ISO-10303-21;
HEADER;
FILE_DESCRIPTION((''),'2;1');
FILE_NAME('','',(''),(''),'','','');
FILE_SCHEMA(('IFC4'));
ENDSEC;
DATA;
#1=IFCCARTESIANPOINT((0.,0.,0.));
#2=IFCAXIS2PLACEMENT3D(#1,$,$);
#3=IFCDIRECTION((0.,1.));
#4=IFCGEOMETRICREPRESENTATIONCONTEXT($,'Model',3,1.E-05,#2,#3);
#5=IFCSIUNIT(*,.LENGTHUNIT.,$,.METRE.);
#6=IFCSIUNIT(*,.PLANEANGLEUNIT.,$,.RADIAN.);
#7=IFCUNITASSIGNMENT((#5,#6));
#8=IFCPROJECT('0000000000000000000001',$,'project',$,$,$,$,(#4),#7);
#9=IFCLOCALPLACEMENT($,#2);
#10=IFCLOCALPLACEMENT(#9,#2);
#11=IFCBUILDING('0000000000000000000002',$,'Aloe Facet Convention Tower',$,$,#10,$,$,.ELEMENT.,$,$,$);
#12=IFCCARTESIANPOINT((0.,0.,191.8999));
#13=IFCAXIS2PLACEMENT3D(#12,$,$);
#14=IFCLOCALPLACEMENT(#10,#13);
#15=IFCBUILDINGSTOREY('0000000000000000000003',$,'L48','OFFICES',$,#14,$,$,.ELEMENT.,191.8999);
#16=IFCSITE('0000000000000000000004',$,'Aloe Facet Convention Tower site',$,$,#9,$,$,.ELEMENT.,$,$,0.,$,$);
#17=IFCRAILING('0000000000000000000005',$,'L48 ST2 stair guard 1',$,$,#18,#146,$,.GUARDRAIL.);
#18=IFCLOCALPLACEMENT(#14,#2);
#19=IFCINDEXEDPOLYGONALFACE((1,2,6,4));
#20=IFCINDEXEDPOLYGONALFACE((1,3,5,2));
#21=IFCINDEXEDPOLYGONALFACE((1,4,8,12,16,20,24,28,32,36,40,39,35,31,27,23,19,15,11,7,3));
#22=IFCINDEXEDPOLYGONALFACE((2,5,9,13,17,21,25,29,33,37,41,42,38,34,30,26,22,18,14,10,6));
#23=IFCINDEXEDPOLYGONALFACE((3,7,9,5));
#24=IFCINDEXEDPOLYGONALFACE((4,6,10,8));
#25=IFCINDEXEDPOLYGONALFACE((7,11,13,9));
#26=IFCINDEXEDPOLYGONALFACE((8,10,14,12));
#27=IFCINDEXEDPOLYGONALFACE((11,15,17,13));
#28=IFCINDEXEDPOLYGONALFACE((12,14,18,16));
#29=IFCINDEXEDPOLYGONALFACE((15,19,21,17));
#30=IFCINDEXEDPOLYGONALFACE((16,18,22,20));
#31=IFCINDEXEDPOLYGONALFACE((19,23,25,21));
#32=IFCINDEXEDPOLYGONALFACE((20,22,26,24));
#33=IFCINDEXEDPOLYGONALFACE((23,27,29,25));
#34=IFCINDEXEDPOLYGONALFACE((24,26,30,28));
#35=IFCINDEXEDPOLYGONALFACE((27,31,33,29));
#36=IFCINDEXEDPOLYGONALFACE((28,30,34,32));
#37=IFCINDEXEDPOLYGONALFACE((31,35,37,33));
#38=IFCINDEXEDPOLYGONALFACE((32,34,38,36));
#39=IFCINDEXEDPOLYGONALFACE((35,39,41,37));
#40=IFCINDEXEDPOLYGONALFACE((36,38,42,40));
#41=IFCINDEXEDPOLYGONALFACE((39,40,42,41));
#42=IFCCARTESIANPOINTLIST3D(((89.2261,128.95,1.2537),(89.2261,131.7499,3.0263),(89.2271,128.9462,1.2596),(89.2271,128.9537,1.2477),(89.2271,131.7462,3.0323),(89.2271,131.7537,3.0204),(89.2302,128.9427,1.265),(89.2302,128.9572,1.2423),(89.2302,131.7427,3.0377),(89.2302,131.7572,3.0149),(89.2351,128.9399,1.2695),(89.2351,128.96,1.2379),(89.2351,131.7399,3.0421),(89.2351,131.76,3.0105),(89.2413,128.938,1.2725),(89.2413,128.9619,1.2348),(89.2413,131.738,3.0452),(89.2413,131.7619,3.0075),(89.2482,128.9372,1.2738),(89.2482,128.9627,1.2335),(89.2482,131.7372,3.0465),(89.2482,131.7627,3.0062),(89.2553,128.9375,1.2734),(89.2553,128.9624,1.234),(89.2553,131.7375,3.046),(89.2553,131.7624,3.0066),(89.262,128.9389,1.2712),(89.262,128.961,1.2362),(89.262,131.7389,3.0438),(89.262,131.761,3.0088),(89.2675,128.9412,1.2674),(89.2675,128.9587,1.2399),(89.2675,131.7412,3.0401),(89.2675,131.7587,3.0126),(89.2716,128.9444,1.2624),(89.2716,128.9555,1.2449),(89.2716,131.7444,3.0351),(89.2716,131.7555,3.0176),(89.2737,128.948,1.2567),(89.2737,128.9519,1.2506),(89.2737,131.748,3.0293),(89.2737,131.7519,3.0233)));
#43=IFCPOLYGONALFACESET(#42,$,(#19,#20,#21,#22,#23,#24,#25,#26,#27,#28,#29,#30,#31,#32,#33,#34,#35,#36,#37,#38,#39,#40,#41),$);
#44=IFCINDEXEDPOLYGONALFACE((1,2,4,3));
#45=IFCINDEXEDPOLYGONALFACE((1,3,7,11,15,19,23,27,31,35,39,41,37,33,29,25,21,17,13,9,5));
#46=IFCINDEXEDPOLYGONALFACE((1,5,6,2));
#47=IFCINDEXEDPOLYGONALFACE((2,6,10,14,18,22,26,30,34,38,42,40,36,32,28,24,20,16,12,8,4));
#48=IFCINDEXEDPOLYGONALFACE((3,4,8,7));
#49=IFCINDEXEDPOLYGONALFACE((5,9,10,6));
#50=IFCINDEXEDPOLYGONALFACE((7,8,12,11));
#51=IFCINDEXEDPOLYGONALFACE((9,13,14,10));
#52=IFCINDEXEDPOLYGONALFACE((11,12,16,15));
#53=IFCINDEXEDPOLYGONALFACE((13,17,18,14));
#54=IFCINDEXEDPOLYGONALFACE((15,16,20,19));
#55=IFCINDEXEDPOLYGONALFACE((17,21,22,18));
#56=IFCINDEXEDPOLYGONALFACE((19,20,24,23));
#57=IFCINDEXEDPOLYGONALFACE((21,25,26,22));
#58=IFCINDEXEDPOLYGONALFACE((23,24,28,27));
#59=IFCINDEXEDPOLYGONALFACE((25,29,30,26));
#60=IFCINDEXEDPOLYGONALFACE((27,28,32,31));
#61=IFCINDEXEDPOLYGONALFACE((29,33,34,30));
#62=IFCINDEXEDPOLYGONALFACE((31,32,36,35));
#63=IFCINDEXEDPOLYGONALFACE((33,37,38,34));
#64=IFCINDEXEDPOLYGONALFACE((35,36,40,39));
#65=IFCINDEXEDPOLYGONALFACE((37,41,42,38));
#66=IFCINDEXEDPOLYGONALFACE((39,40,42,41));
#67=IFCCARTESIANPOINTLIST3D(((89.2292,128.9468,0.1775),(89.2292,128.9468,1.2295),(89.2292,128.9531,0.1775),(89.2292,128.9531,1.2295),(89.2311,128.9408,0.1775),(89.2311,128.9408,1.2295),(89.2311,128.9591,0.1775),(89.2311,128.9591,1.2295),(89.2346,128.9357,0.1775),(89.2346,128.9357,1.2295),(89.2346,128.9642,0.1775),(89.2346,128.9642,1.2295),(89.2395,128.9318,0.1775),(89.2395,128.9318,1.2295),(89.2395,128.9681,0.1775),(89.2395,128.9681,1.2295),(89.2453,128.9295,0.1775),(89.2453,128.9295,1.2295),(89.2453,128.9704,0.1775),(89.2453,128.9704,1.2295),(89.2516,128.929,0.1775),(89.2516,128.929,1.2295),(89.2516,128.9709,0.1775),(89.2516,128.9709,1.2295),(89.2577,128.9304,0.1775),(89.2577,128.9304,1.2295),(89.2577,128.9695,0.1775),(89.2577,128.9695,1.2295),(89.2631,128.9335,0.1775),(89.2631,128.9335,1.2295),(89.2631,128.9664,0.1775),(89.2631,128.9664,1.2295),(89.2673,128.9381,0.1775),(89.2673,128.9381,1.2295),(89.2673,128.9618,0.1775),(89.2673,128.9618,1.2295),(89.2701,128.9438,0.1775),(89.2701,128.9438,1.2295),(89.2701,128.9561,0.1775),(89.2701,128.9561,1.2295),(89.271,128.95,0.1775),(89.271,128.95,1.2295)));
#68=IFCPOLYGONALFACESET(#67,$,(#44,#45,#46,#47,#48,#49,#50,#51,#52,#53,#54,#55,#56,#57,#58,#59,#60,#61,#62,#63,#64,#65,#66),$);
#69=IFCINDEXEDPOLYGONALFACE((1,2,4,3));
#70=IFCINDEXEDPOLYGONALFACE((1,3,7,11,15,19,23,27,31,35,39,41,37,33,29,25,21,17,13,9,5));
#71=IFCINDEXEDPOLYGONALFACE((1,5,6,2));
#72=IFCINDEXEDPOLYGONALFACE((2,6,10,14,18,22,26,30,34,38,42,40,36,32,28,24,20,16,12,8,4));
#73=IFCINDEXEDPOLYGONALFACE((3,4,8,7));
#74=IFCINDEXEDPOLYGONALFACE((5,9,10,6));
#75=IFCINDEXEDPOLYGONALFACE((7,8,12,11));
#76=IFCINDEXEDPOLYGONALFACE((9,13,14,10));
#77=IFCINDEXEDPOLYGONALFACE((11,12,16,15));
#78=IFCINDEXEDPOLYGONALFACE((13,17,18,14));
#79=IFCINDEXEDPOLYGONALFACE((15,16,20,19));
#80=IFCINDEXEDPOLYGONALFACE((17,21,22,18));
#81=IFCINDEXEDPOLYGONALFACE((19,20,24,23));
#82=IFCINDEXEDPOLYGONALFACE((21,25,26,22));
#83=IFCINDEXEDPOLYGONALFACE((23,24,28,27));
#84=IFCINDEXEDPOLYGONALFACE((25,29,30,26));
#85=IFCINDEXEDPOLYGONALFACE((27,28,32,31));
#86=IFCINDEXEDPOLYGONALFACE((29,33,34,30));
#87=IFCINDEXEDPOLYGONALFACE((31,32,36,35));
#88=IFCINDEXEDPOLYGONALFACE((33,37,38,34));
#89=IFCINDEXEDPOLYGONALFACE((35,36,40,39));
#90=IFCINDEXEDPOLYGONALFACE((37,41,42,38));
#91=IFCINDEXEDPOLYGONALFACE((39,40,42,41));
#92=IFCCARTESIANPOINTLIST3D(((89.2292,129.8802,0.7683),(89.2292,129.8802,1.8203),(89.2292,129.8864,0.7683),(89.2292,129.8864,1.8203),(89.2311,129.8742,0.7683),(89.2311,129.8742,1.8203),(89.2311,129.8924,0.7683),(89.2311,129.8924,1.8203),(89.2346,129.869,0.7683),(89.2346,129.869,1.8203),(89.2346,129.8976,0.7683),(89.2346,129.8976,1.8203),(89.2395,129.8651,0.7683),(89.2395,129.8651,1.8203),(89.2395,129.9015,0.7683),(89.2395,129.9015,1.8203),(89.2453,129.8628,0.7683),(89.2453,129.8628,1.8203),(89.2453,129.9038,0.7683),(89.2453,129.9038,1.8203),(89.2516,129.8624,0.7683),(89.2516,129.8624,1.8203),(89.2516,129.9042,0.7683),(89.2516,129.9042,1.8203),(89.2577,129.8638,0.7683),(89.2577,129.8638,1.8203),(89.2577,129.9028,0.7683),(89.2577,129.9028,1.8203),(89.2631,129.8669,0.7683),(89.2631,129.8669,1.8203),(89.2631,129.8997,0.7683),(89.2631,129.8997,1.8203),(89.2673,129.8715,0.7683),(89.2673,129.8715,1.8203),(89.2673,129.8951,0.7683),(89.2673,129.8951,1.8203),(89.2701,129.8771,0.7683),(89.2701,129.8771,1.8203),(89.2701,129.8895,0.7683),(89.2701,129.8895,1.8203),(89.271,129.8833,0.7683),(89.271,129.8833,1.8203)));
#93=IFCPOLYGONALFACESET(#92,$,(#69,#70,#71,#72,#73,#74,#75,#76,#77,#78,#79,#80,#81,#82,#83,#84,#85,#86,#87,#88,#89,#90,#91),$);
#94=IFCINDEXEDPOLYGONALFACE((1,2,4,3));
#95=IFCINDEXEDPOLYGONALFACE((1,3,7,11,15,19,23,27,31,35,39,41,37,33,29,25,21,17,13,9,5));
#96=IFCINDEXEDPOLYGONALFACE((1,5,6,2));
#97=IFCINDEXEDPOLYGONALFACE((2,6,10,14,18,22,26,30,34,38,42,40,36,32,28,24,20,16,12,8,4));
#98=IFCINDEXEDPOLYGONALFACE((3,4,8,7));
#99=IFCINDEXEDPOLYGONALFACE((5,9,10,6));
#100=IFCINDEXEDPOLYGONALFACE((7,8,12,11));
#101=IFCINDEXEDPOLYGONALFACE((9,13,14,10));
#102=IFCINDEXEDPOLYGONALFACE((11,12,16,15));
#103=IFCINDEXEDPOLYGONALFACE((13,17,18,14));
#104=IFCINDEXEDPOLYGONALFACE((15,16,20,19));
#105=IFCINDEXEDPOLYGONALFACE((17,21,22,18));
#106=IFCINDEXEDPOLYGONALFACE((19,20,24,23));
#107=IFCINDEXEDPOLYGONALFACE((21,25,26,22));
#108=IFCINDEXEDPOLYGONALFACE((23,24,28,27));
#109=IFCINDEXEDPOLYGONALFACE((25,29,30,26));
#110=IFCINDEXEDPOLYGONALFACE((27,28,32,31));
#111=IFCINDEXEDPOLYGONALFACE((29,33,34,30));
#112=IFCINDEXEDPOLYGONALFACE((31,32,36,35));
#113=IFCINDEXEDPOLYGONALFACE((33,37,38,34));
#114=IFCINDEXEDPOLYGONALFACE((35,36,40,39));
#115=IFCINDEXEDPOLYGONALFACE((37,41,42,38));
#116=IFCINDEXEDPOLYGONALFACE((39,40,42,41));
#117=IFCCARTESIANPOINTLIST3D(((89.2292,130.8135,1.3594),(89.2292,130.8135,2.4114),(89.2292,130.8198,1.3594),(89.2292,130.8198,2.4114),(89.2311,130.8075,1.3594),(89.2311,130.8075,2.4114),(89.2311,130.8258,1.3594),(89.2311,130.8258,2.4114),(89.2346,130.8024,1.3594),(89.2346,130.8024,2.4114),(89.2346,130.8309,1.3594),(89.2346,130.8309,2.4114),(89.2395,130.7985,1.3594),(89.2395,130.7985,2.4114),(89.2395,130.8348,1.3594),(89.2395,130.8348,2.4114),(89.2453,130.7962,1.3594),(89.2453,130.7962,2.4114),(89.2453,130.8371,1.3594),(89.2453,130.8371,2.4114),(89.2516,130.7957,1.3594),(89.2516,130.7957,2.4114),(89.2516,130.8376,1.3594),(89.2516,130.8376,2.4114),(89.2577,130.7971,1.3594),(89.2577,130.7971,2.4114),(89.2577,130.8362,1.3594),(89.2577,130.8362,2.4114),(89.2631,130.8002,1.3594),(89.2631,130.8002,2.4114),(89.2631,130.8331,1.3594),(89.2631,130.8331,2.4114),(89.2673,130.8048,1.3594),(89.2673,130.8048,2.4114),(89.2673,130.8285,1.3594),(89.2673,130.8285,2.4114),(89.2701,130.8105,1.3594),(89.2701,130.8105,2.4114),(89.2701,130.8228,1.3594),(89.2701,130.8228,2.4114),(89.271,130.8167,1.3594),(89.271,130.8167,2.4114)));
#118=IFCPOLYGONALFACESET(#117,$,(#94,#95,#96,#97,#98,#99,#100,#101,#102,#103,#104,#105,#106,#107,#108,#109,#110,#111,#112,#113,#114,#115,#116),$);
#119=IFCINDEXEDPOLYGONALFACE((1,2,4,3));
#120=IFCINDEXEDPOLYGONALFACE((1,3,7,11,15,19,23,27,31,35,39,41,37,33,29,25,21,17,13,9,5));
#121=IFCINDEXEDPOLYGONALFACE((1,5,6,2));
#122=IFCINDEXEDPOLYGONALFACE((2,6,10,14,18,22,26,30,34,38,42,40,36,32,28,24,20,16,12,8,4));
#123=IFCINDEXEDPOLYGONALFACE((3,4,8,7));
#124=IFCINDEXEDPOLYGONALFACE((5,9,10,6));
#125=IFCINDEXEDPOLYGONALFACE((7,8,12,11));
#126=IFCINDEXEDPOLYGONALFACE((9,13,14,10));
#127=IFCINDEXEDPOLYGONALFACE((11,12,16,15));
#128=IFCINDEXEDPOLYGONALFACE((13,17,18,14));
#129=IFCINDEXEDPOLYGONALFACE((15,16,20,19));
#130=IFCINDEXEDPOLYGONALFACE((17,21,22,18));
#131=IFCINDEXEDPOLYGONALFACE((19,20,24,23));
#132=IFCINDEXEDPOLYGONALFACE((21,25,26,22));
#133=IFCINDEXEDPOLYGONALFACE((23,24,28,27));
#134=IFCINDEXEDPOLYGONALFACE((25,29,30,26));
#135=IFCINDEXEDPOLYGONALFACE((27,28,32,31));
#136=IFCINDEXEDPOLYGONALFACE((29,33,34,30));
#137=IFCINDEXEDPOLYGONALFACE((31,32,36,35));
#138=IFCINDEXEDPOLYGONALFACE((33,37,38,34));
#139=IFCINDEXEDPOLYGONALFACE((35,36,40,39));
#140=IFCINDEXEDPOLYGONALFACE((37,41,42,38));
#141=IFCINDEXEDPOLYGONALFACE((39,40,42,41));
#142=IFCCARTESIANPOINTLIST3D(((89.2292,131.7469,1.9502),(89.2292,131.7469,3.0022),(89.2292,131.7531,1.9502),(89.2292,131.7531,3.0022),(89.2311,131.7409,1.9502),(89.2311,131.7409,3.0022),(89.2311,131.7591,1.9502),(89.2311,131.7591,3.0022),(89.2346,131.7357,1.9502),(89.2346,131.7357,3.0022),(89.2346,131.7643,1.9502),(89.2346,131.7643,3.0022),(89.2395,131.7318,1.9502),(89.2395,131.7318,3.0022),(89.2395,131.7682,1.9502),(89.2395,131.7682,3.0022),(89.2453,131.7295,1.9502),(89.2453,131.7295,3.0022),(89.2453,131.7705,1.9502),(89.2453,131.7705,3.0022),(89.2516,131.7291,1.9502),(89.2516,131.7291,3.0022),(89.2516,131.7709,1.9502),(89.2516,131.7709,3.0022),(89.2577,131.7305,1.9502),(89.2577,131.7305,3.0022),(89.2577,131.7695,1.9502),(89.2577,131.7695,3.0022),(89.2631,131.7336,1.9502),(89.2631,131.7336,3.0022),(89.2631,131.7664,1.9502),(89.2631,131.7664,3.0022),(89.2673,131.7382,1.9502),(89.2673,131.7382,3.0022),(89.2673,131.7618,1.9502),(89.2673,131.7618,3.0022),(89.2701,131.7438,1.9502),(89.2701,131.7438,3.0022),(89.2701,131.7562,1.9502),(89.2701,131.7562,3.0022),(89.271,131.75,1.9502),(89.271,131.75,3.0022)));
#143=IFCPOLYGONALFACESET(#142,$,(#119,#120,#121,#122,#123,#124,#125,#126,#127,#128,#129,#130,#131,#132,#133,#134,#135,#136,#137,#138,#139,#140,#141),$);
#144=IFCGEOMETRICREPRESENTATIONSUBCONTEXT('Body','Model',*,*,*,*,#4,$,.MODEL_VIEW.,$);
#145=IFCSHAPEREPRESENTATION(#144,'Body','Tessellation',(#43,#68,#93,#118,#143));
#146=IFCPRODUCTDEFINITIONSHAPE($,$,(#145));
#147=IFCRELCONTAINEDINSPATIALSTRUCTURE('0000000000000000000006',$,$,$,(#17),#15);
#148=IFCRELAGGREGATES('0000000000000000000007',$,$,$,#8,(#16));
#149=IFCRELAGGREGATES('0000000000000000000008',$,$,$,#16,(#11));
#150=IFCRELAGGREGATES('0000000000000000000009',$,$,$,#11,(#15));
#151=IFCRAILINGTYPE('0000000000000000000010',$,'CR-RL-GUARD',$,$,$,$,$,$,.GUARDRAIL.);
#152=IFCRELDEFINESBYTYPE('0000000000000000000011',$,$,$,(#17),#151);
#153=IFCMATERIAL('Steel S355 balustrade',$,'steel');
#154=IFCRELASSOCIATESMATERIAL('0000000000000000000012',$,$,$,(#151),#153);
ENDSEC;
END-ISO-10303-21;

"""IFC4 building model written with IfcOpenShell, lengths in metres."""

from ifc_helpers import new_model, si_unit, direction, frame, origin, origin_2d, place, context, subcontext, project, spatial, circle, extrude, material, type_object, element, save


model = new_model("IFC4")

# Units and contexts
model_context = context("Model", 3, precision=1e-05, world=origin(), true_north=direction((0.0, 1.0)))
body_context = subcontext(model_context, "Body", "Model", "MODEL_VIEW")
ifc_project = project(units=[si_unit("LENGTHUNIT", "METRE"), si_unit("PLANEANGLEUNIT", "RADIAN")], contexts=[model_context])

# Site, building, storey
site_placement = place(None, origin())
site = spatial("IfcSite", under=ifc_project, at=site_placement, Name="Aloe Facet Convention Tower site", CompositionType="ELEMENT", RefElevation=0.0)
building_placement = place(site_placement, origin())
building = spatial("IfcBuilding", under=site, at=building_placement, Name="Aloe Facet Convention Tower", CompositionType="ELEMENT")
storey_placement = place(building_placement, frame((0.0, 0.0, 191.8999)))
storey = spatial("IfcBuildingStorey", under=building, at=storey_placement, Name="L48", Description="OFFICES", CompositionType="ELEMENT", Elevation=191.8999)

# Railing
ifc_material_1 = material(Name="Steel S355 balustrade", Category="steel")
railing_type_1 = type_object("IfcRailingType", Name="CR-RL-GUARD", PredefinedType="GUARDRAIL", material=ifc_material_1)
railing_1_placement = place(storey_placement, frame((89.25, 128.95, 0.1775)))
element("IfcRailing", 1, at=railing_1_placement, inside=storey, type_object=railing_type_1, Name="L48 ST2 stair guard 1", PredefinedType="GUARDRAIL", context=body_context, shape_type="SweptSolid", body=[
    extrude(circle(Radius=0.0239, at=origin_2d()), frame((0.0, 0.0, 1.0762), z_axis=(0.0, 0.844909, 0.53491), x_axis=(-1.0, 0.0, 0.0)), (0.0, 0.0, 1.0), 3.314),
    extrude(circle(Radius=0.021, at=origin_2d()), origin(), (0.0, 0.0, 1.0), 1.052),
    extrude(circle(Radius=0.021, at=origin_2d()), frame((0.0, 0.9333, 0.5908)), (0.0, 0.0, 1.0), 1.052),
    extrude(circle(Radius=0.021, at=origin_2d()), frame((0.0, 1.8667, 1.1819)), (0.0, 0.0, 1.0), 1.052),
    extrude(circle(Radius=0.021, at=origin_2d()), frame((0.0, 2.8, 1.7727)), (0.0, 0.0, 1.0), 1.052),
])

save(model, "model.ifc")
